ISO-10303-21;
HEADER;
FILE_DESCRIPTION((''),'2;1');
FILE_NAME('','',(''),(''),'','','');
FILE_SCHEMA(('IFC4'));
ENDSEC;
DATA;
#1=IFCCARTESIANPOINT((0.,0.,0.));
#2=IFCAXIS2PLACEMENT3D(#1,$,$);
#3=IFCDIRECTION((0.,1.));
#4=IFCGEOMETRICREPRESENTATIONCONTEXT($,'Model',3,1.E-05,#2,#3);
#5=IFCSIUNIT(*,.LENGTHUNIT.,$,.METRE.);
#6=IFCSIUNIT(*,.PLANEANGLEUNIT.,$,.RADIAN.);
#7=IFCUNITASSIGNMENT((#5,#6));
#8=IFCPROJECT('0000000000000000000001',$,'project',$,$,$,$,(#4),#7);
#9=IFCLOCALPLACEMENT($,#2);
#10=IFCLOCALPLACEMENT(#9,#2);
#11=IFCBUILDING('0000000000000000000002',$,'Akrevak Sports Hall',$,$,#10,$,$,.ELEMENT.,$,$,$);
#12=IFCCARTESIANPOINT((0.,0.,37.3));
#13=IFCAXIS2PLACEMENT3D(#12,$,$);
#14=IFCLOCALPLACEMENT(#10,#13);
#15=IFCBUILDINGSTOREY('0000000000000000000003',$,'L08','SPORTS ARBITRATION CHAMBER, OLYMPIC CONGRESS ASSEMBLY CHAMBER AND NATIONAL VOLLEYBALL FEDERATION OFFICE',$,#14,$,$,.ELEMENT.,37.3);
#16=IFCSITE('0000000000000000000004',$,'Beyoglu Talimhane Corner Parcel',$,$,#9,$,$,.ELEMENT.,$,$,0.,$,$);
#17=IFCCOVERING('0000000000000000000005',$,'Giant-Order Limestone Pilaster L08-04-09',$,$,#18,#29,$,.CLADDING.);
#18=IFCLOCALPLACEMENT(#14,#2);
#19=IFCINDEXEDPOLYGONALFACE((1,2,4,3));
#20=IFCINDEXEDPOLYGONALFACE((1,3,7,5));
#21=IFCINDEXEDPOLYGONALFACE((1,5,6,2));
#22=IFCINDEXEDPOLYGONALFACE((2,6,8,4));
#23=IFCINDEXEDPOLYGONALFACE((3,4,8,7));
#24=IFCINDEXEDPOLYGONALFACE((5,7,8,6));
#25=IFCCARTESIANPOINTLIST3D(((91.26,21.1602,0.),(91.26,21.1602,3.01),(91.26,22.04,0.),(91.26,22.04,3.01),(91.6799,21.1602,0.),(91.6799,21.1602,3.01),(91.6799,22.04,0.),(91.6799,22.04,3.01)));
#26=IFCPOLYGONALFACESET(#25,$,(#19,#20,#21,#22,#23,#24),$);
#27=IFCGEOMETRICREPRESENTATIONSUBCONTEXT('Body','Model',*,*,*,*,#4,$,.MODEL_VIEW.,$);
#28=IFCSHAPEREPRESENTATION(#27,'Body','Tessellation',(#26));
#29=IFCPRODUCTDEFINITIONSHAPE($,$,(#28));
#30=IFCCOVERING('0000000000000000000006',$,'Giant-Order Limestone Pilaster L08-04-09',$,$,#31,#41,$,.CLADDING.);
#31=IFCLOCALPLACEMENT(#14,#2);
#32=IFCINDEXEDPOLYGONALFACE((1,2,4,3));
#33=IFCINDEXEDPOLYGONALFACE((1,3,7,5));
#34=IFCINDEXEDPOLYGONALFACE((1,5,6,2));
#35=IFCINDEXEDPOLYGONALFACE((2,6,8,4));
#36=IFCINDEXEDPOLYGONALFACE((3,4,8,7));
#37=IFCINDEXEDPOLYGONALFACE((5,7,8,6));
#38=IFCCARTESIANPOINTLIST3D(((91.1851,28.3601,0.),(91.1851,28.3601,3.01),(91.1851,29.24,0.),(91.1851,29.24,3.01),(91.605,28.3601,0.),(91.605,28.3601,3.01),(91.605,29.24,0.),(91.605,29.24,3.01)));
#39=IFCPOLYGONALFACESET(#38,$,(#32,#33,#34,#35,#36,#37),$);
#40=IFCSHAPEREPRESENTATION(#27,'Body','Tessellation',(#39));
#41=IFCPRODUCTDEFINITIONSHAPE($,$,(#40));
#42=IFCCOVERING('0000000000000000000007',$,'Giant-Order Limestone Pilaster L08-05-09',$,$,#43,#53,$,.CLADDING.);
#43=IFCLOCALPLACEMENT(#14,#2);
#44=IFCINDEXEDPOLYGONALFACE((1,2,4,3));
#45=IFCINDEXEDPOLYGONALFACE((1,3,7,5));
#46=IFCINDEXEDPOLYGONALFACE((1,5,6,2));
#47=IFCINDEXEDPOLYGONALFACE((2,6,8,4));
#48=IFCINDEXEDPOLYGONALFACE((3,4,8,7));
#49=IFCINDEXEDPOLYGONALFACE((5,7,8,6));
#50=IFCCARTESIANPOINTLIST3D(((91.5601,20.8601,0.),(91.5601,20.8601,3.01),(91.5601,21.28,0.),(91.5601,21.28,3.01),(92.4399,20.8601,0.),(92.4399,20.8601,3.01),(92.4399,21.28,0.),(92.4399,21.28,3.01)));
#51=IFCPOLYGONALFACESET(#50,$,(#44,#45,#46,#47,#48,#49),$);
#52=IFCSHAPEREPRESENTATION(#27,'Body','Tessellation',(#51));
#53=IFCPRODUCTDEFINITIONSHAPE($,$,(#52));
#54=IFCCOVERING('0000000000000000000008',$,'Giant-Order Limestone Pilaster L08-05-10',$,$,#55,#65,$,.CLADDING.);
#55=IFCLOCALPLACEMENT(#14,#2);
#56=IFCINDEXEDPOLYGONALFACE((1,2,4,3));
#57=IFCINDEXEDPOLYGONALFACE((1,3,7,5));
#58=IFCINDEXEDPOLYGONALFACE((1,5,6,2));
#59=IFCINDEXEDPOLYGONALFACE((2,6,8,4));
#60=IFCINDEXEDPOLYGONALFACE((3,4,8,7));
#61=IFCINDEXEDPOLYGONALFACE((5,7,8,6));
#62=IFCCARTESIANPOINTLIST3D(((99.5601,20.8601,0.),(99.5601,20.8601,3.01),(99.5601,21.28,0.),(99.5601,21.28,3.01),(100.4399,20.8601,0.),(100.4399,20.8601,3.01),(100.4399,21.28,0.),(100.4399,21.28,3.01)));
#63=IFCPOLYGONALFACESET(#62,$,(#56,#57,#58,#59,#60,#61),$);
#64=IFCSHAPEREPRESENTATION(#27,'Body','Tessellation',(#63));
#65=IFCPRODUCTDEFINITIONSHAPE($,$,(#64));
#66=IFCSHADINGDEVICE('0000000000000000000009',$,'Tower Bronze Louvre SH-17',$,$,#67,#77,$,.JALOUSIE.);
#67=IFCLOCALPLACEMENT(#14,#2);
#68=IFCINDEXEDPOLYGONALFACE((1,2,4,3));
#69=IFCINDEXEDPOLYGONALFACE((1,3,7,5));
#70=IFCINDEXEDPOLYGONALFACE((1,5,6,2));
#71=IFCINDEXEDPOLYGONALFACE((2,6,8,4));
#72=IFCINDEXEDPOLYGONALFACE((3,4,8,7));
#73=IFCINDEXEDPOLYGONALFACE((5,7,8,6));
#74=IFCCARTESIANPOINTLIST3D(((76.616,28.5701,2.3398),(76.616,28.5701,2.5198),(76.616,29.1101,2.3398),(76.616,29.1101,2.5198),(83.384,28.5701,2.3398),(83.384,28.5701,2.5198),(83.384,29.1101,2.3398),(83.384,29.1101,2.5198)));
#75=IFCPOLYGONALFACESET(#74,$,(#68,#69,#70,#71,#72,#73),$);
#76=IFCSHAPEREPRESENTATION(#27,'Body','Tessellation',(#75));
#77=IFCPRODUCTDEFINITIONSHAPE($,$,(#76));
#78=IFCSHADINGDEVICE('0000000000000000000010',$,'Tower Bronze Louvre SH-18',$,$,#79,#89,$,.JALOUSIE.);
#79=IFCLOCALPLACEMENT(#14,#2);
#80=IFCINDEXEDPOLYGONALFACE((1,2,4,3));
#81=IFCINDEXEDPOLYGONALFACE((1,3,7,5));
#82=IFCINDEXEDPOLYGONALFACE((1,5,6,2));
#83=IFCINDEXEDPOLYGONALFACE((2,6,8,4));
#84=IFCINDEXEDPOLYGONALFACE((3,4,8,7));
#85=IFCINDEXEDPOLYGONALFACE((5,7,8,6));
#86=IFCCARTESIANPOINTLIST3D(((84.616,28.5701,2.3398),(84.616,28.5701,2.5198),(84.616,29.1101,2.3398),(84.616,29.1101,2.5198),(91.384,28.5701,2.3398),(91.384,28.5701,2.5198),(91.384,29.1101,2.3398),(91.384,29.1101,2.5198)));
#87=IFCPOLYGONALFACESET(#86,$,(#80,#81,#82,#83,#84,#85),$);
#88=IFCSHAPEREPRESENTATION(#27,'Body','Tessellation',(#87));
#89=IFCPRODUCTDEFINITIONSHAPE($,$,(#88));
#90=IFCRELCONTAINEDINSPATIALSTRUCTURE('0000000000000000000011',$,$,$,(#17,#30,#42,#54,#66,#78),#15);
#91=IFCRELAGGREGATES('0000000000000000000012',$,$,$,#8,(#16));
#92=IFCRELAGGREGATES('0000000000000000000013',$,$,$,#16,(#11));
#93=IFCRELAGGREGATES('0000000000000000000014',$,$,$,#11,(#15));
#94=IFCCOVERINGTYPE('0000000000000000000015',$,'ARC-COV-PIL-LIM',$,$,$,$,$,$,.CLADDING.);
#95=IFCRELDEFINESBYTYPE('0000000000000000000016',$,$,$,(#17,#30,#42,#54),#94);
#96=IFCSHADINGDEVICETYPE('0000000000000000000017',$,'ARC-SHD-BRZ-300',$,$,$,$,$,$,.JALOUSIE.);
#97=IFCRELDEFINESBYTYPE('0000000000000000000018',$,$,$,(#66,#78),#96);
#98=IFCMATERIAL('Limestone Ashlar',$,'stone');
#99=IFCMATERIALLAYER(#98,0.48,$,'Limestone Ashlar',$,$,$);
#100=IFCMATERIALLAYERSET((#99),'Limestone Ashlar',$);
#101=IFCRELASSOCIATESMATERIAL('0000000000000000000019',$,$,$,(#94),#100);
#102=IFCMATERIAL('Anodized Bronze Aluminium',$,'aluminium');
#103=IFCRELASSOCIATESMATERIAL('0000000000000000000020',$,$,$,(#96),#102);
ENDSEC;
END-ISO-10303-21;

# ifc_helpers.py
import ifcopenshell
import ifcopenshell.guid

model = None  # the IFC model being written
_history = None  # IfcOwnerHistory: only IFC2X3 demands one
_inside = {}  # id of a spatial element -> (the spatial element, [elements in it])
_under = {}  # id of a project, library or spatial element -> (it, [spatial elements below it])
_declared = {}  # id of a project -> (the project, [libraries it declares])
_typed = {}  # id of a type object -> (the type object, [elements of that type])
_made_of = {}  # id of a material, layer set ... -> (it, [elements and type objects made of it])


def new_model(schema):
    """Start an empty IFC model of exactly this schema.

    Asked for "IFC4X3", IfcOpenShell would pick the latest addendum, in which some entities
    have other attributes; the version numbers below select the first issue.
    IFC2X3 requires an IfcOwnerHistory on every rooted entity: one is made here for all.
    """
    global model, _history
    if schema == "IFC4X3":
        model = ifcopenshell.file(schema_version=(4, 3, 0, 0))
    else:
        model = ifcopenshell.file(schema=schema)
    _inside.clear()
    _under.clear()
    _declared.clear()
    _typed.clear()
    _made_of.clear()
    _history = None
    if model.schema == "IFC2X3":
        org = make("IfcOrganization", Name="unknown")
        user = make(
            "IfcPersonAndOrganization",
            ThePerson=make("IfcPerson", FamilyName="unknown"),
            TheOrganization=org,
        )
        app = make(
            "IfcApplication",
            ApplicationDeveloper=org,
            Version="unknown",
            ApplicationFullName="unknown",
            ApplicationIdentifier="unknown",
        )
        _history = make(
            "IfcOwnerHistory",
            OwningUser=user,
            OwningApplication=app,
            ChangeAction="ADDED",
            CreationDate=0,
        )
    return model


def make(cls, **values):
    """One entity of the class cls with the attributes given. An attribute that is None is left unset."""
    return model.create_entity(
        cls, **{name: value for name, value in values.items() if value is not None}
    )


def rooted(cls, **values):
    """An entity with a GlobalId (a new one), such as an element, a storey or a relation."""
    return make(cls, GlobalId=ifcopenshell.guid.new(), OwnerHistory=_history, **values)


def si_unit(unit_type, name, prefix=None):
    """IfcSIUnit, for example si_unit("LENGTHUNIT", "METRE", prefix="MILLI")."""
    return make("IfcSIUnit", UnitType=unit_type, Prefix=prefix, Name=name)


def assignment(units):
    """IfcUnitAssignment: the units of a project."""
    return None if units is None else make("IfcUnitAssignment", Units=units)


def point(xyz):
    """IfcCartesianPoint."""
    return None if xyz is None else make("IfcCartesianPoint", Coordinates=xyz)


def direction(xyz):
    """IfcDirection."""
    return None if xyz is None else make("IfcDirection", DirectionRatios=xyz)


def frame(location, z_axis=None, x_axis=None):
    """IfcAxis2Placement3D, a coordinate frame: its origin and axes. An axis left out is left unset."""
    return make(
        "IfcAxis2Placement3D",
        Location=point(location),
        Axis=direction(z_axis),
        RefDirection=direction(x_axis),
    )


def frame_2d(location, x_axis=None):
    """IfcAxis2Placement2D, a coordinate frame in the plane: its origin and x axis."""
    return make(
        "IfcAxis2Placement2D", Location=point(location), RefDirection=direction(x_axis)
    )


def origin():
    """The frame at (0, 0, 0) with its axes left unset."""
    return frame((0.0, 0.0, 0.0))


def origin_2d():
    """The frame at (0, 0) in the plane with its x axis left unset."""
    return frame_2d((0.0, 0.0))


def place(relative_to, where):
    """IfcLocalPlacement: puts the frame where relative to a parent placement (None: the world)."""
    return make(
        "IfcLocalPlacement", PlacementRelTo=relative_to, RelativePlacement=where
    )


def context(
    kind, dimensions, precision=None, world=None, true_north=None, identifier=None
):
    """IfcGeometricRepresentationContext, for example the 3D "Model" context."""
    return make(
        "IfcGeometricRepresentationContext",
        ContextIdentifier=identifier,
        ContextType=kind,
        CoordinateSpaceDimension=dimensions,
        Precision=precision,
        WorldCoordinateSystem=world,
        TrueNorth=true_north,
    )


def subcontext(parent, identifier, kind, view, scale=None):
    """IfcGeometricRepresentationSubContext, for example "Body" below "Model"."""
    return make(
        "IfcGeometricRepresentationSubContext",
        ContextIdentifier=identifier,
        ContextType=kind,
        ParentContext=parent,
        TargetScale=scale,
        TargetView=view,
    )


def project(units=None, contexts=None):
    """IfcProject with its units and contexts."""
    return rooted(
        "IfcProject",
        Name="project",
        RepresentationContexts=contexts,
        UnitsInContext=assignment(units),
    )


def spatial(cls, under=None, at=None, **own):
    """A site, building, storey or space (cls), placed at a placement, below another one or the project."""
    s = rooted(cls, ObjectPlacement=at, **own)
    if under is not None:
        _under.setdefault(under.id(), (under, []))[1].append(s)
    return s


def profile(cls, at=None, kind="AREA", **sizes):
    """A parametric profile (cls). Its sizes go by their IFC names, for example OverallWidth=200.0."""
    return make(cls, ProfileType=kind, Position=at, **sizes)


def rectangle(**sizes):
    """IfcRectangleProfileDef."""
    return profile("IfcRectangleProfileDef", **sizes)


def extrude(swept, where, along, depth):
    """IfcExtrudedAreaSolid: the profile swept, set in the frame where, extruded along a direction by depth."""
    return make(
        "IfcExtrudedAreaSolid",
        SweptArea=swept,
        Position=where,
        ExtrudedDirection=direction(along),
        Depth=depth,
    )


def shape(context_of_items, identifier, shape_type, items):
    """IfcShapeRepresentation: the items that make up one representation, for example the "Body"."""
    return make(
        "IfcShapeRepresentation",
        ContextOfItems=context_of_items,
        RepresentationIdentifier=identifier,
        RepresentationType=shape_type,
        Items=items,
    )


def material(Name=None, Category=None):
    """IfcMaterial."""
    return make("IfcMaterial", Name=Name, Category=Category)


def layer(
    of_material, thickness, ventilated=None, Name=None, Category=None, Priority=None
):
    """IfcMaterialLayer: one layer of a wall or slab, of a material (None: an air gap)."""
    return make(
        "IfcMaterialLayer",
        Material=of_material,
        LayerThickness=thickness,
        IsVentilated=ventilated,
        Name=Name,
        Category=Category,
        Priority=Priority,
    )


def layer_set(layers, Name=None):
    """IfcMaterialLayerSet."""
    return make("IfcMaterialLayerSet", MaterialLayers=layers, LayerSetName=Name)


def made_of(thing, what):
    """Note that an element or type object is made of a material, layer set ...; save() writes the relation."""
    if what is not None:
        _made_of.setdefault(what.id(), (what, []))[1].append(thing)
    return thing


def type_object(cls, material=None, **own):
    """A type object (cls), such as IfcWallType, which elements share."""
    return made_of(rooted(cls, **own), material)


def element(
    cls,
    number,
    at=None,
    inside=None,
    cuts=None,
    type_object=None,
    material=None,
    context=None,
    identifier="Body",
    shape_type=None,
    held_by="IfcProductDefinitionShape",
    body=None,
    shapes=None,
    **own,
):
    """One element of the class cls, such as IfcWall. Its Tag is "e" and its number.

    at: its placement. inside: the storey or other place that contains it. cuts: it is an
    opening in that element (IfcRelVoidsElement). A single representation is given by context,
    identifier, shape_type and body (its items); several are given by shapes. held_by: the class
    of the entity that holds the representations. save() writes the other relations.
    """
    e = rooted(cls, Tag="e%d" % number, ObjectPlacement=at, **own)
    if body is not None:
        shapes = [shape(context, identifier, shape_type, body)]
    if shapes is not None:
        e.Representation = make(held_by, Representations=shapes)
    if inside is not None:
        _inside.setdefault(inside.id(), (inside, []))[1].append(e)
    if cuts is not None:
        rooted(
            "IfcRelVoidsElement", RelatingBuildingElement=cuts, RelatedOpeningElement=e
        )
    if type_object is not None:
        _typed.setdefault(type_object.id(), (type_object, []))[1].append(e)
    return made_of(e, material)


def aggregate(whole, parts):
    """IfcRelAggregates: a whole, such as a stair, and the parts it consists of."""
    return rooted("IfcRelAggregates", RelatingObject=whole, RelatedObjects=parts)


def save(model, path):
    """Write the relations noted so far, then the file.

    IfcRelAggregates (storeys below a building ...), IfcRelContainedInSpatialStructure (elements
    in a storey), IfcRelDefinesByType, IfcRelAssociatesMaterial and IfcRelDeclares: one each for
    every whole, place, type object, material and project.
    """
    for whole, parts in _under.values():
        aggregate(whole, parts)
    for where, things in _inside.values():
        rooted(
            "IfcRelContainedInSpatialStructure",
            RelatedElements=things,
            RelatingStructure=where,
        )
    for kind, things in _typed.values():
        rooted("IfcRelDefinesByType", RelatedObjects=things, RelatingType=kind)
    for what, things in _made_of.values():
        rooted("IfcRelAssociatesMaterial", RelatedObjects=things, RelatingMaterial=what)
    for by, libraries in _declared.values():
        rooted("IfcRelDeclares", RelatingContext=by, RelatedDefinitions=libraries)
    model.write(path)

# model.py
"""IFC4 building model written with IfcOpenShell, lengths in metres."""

from ifc_helpers import new_model, si_unit, direction, frame, origin, origin_2d, place, context, subcontext, project, spatial, rectangle, extrude, material, layer, layer_set, type_object, element, save


model = new_model("IFC4")

# Units and contexts
model_context = context("Model", 3, precision=1e-05, world=origin(), true_north=direction((0.0, 1.0)))
body_context = subcontext(model_context, "Body", "Model", "MODEL_VIEW")
ifc_project = project(units=[si_unit("LENGTHUNIT", "METRE"), si_unit("PLANEANGLEUNIT", "RADIAN")], contexts=[model_context])

# Site, building, storey
site_placement = place(None, origin())
site = spatial("IfcSite", under=ifc_project, at=site_placement, Name="Beyoglu Talimhane Corner Parcel", CompositionType="ELEMENT", RefElevation=0.0)
building_placement = place(site_placement, origin())
building = spatial("IfcBuilding", under=site, at=building_placement, Name="Akrevak Sports Hall", CompositionType="ELEMENT")
storey_placement = place(building_placement, frame((0.0, 0.0, 37.3)))
storey = spatial("IfcBuildingStorey", under=building, at=storey_placement, Name="L08", Description="SPORTS ARBITRATION CHAMBER, OLYMPIC CONGRESS ASSEMBLY CHAMBER AND NATIONAL VOLLEYBALL FEDERATION OFFICE", CompositionType="ELEMENT", Elevation=37.3)

# Shared definitions
ifc_material_1 = material(Name="Anodized Bronze Aluminium", Category="aluminium")

# Shared definitions
ifc_material_2 = material(Name="Limestone Ashlar", Category="stone")

# Coverings
ifc_layer_1 = layer(ifc_material_2, 0.48, Name="Limestone Ashlar")
ifc_layer_set_1 = layer_set([ifc_layer_1], Name="Limestone Ashlar")
covering_type = type_object("IfcCoveringType", Name="ARC-COV-PIL-LIM", PredefinedType="CLADDING", material=ifc_layer_set_1)
for number, where, z_axis, x_axis, name in (
    (1, (91.47, 21.6001, 0.0), (0.0, 0.0, 1.0), (0.0, -1.0, 0.0), "Giant-Order Limestone Pilaster L08-04-09"),
    (2, (91.395, 28.8, 0.0), (0.0, 0.0, 1.0), (0.0, -1.0, 0.0), "Giant-Order Limestone Pilaster L08-04-09"),
    (3, (92.0, 21.0701, 0.0), (0.0, 0.0, 1.0), (1.0, 0.0, 0.0), "Giant-Order Limestone Pilaster L08-05-09"),
    (4, (100.0, 21.0701, 0.0), (0.0, 0.0, 1.0), (1.0, 0.0, 0.0), "Giant-Order Limestone Pilaster L08-05-10"),
):
    element("IfcCovering", number, at=place(storey_placement, frame(where, z_axis=z_axis, x_axis=x_axis)), inside=storey, type_object=covering_type, Name=name, PredefinedType="CLADDING", context=body_context, shape_type="SweptSolid", body=[
        extrude(rectangle(XDim=0.8799, YDim=0.4199, at=origin_2d()), origin(), (0.0, 0.0, 1.0), 3.01),
    ])

# Shading devices
shading_device_type = type_object("IfcShadingDeviceType", Name="ARC-SHD-BRZ-300", PredefinedType="JALOUSIE", material=ifc_material_1)
for number, where, z_axis, x_axis, name in (
    (5, (80.0, 28.8401, 2.3398), (0.0, 0.0, 1.0), (1.0, 0.0, 0.0), "Tower Bronze Louvre SH-17"),
    (6, (88.0, 28.8401, 2.3398), (0.0, 0.0, 1.0), (1.0, 0.0, 0.0), "Tower Bronze Louvre SH-18"),
):
    element("IfcShadingDevice", number, at=place(storey_placement, frame(where, z_axis=z_axis, x_axis=x_axis)), inside=storey, type_object=shading_device_type, Name=name, PredefinedType="JALOUSIE", context=body_context, shape_type="SweptSolid", body=[
        extrude(rectangle(XDim=6.7681, YDim=0.54, at=origin_2d()), origin(), (0.0, 0.0, 1.0), 0.1799),
    ])

save(model, "model.ifc")
